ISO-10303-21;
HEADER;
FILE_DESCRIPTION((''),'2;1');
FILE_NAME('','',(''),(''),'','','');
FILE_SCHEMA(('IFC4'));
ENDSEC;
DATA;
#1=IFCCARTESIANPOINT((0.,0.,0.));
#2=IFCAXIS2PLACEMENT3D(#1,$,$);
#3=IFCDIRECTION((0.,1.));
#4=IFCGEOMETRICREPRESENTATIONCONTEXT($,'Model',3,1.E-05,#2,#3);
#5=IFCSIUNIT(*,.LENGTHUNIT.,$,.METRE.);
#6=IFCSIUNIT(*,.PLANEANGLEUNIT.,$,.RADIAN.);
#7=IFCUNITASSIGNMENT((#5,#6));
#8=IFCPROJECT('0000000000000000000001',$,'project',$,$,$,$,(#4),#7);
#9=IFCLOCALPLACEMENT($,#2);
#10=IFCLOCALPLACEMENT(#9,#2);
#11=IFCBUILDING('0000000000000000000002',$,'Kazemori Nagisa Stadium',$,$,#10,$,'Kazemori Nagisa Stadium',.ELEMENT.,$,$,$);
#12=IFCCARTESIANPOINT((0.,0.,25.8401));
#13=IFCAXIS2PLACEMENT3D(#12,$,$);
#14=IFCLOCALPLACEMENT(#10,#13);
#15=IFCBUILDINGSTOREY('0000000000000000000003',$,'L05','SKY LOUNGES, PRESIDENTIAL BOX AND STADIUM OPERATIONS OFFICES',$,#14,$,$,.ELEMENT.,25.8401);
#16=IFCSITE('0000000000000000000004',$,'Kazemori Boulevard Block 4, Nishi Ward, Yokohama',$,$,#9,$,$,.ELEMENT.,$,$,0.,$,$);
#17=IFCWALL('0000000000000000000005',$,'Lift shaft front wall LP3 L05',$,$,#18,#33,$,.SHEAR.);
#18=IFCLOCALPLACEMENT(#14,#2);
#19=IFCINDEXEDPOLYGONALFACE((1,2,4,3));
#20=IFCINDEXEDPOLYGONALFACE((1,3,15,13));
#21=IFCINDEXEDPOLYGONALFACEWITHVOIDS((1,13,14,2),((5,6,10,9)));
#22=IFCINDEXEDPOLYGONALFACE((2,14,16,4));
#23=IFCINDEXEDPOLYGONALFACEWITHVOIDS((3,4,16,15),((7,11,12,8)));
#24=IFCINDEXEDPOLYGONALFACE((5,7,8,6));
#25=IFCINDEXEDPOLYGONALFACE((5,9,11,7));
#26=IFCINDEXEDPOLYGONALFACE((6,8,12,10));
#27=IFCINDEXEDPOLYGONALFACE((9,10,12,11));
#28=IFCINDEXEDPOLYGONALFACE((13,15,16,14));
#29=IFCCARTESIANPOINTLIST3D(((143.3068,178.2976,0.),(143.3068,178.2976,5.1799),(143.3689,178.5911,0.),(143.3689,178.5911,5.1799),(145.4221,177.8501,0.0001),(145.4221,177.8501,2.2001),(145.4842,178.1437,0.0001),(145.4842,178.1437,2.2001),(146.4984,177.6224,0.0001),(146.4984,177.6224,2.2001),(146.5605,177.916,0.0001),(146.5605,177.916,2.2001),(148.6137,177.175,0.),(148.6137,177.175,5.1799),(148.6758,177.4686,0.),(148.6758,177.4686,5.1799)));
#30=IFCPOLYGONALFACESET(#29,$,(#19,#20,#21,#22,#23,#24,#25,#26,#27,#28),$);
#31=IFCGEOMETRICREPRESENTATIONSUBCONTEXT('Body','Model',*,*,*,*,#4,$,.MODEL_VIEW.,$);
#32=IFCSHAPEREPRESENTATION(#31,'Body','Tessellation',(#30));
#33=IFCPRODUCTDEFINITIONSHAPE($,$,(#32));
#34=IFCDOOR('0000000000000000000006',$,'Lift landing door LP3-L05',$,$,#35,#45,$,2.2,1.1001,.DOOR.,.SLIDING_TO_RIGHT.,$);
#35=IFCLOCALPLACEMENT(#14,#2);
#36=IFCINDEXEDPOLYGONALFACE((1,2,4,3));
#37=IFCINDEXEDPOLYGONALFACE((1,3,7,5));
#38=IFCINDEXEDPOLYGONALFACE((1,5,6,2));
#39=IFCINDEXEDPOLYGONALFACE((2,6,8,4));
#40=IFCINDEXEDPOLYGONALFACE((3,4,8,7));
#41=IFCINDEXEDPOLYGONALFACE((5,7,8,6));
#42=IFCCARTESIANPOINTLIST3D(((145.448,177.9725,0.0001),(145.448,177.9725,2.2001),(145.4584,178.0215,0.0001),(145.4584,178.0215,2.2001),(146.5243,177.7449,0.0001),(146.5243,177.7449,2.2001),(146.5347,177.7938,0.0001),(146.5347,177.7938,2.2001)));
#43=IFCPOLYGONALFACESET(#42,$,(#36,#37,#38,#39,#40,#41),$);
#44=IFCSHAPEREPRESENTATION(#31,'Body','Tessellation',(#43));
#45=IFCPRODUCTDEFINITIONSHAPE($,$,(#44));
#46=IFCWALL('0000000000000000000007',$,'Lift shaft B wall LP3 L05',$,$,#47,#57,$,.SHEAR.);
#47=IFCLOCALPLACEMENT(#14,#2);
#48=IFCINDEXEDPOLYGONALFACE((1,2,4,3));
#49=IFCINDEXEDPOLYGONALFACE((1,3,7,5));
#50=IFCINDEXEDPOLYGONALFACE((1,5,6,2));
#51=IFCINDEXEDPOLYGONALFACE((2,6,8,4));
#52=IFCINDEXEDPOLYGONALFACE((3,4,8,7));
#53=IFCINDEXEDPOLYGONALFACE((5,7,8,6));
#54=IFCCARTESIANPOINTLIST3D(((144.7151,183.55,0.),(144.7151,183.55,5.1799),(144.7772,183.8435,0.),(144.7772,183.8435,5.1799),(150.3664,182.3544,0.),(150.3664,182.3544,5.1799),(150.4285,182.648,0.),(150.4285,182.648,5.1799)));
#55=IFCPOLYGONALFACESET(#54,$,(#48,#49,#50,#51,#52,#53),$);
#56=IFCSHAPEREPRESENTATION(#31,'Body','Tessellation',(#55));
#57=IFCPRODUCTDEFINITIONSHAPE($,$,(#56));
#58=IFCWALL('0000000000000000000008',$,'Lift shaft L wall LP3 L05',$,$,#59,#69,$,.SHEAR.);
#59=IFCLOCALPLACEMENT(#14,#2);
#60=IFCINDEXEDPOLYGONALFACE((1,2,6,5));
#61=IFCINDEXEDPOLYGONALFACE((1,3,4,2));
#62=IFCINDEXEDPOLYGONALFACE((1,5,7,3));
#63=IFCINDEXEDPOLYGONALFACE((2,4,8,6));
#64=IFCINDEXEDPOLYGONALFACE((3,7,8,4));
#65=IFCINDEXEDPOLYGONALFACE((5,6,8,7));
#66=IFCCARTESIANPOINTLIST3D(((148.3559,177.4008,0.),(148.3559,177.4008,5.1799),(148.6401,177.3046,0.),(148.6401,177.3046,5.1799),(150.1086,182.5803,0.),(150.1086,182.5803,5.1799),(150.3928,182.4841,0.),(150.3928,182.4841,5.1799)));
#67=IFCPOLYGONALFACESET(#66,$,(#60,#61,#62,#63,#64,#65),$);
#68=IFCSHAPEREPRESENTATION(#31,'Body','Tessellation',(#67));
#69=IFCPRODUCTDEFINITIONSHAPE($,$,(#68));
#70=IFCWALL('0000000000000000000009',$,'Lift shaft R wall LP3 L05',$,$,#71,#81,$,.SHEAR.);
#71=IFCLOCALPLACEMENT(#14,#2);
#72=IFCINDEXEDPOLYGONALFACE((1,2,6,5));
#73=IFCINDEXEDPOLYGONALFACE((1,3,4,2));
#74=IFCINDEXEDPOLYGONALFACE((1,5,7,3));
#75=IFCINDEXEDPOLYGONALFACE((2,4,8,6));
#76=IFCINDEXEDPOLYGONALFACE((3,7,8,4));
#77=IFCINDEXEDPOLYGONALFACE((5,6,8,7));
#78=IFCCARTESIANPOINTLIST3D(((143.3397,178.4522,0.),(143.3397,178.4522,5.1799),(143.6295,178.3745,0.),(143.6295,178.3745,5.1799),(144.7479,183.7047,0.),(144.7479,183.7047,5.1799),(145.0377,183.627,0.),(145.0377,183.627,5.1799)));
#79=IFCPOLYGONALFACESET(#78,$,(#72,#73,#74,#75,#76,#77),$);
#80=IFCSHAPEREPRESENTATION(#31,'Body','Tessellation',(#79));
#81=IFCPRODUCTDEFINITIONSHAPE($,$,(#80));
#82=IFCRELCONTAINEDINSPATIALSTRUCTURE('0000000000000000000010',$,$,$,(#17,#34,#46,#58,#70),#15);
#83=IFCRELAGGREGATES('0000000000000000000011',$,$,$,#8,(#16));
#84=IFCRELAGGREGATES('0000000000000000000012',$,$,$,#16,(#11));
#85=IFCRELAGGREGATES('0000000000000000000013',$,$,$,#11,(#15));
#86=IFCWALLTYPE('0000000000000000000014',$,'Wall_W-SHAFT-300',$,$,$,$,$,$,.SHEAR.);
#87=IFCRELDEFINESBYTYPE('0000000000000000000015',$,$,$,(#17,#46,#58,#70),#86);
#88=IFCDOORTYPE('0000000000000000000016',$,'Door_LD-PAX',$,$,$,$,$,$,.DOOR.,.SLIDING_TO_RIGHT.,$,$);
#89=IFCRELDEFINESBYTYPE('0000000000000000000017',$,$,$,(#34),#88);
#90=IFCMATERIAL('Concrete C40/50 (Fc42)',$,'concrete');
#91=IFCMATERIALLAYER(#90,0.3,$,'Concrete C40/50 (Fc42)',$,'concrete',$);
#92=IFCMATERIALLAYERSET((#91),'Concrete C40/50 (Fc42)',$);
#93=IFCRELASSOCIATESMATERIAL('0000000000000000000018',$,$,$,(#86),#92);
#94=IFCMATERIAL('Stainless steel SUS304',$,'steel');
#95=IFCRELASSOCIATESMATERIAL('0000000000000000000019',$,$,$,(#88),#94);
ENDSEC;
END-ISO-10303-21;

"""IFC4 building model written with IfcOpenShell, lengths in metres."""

from ifc_helpers import new_model, si_unit, direction, frame, frame_2d, origin, place, context, subcontext, project, spatial, rectangle, extrude, material, layer, layer_set, type_object, element, fill, save


model = new_model("IFC4")

# Units and contexts
model_context = context("Model", 3, precision=1e-05, world=origin(), true_north=direction((0.0, 1.0)))
body_context = subcontext(model_context, "Body", "Model", "MODEL_VIEW")
ifc_project = project(units=[si_unit("LENGTHUNIT", "METRE"), si_unit("PLANEANGLEUNIT", "RADIAN")], contexts=[model_context])

# Site, building, storey
site_placement = place(None, origin())
site = spatial("IfcSite", under=ifc_project, at=site_placement, Name="Kazemori Boulevard Block 4, Nishi Ward, Yokohama", CompositionType="ELEMENT", RefElevation=0.0)
building_placement = place(site_placement, origin())
building = spatial("IfcBuilding", under=site, at=building_placement, Name="Kazemori Nagisa Stadium", LongName="Kazemori Nagisa Stadium", CompositionType="ELEMENT")
storey_placement = place(building_placement, frame((0.0, 0.0, 25.8401)))
storey = spatial("IfcBuildingStorey", under=building, at=storey_placement, Name="L05", Description="SKY LOUNGES, PRESIDENTIAL BOX AND STADIUM OPERATIONS OFFICES", CompositionType="ELEMENT", Elevation=25.8401)

# Shared definitions
ifc_material_1 = material(Name="Concrete C40/50 (Fc42)", Category="concrete")

# Wall, opening, door
ifc_layer_1 = layer(ifc_material_1, 0.3, Name="Concrete C40/50 (Fc42)", Category="concrete")
ifc_layer_set_1 = layer_set([ifc_layer_1], Name="Concrete C40/50 (Fc42)")
wall_type_1 = type_object("IfcWallType", Name="Wall_W-SHAFT-300", PredefinedType="SHEAR", material=ifc_layer_set_1)
wall_1_placement = place(storey_placement, frame((148.6448, 177.3218, 0.0), z_axis=(0.0, 0.0, 1.0), x_axis=(-0.978352, 0.206949, 0.0)))
wall_1 = element("IfcWall", 1, at=wall_1_placement, inside=storey, type_object=wall_type_1, Name="Lift shaft front wall LP3 L05", PredefinedType="SHEAR", context=body_context, shape_type="SweptSolid", body=[
    extrude(rectangle(XDim=5.4243, YDim=0.3, at=frame_2d((2.7122, 0.0))), origin(), (0.0, 0.0, 1.0), 5.1799),
])
opening_1_placement = place(wall_1_placement, frame((2.1621, 0.0, 0.0)))
opening_1 = element("IfcOpeningElement", 2, at=opening_1_placement, cuts=wall_1, PredefinedType="OPENING", context=body_context, shape_type="SweptSolid", body=[
    extrude(rectangle(XDim=1.1001, YDim=2.2, at=frame_2d((0.55, 1.1001))), frame((0.0, 0.1599, 0.0), z_axis=(0.0, -1.0, 0.0), x_axis=(1.0, 0.0, 0.0)), (0.0, 0.0, 1.0), 0.3201),
])
ifc_material_2 = material(Name="Stainless steel SUS304", Category="steel")
door_type_1 = type_object("IfcDoorType", Name="Door_LD-PAX", OperationType="SLIDING_TO_RIGHT", PredefinedType="DOOR", material=ifc_material_2)
door_1_placement = place(opening_1_placement, origin())
door_1 = element("IfcDoor", 3, at=door_1_placement, inside=storey, type_object=door_type_1, Name="Lift landing door LP3-L05", OperationType="SLIDING_TO_RIGHT", OverallHeight=2.2, OverallWidth=1.1001, PredefinedType="DOOR", context=body_context, shape_type="SweptSolid", body=[
    extrude(rectangle(XDim=1.1001, YDim=2.2, at=frame_2d((0.55, 1.1001))), frame((0.0, 0.0249, 0.0), z_axis=(0.0, -1.0, 0.0), x_axis=(1.0, 0.0, 0.0)), (0.0, 0.0, 1.0), 0.05),
])
fill(opening_1, door_1)

# Walls
wall_2_placement = place(storey_placement, frame((150.3975, 182.5012, 0.0), z_axis=(0.0, 0.0, 1.0), x_axis=(-0.978347, 0.206971, 0.0)))
element("IfcWall", 4, at=wall_2_placement, inside=storey, type_object=wall_type_1, Name="Lift shaft B wall LP3 L05", PredefinedType="SHEAR", context=body_context, shape_type="SweptSolid", body=[
    extrude(rectangle(XDim=5.7764, YDim=0.3, at=frame_2d((2.8882, 0.0))), origin(), (0.0, 0.0, 1.0), 5.1799),
])
wall_3_placement = place(storey_placement, frame((148.498, 177.3528, 0.0), z_axis=(0.0, 0.0, 1.0), x_axis=(0.320538, 0.947236, 0.0)))
element("IfcWall", 5, at=wall_3_placement, inside=storey, type_object=wall_type_1, Name="Lift shaft L wall LP3 L05", PredefinedType="SHEAR", context=body_context, shape_type="SweptSolid", body=[
    extrude(rectangle(XDim=5.468, YDim=0.3, at=frame_2d((2.7339, 0.0))), origin(), (0.0, 0.0, 1.0), 5.1799),
])
wall_4_placement = place(storey_placement, frame((143.4846, 178.4133, 0.0), z_axis=(0.0, 0.0, 1.0), x_axis=(0.258959, 0.965888, 0.0)))
element("IfcWall", 6, at=wall_4_placement, inside=storey, type_object=wall_type_1, Name="Lift shaft R wall LP3 L05", PredefinedType="SHEAR", context=body_context, shape_type="SweptSolid", body=[
    extrude(rectangle(XDim=5.438, YDim=0.3, at=frame_2d((2.719, 0.0))), origin(), (0.0, 0.0, 1.0), 5.1799),
])

save(model, "model.ifc")
